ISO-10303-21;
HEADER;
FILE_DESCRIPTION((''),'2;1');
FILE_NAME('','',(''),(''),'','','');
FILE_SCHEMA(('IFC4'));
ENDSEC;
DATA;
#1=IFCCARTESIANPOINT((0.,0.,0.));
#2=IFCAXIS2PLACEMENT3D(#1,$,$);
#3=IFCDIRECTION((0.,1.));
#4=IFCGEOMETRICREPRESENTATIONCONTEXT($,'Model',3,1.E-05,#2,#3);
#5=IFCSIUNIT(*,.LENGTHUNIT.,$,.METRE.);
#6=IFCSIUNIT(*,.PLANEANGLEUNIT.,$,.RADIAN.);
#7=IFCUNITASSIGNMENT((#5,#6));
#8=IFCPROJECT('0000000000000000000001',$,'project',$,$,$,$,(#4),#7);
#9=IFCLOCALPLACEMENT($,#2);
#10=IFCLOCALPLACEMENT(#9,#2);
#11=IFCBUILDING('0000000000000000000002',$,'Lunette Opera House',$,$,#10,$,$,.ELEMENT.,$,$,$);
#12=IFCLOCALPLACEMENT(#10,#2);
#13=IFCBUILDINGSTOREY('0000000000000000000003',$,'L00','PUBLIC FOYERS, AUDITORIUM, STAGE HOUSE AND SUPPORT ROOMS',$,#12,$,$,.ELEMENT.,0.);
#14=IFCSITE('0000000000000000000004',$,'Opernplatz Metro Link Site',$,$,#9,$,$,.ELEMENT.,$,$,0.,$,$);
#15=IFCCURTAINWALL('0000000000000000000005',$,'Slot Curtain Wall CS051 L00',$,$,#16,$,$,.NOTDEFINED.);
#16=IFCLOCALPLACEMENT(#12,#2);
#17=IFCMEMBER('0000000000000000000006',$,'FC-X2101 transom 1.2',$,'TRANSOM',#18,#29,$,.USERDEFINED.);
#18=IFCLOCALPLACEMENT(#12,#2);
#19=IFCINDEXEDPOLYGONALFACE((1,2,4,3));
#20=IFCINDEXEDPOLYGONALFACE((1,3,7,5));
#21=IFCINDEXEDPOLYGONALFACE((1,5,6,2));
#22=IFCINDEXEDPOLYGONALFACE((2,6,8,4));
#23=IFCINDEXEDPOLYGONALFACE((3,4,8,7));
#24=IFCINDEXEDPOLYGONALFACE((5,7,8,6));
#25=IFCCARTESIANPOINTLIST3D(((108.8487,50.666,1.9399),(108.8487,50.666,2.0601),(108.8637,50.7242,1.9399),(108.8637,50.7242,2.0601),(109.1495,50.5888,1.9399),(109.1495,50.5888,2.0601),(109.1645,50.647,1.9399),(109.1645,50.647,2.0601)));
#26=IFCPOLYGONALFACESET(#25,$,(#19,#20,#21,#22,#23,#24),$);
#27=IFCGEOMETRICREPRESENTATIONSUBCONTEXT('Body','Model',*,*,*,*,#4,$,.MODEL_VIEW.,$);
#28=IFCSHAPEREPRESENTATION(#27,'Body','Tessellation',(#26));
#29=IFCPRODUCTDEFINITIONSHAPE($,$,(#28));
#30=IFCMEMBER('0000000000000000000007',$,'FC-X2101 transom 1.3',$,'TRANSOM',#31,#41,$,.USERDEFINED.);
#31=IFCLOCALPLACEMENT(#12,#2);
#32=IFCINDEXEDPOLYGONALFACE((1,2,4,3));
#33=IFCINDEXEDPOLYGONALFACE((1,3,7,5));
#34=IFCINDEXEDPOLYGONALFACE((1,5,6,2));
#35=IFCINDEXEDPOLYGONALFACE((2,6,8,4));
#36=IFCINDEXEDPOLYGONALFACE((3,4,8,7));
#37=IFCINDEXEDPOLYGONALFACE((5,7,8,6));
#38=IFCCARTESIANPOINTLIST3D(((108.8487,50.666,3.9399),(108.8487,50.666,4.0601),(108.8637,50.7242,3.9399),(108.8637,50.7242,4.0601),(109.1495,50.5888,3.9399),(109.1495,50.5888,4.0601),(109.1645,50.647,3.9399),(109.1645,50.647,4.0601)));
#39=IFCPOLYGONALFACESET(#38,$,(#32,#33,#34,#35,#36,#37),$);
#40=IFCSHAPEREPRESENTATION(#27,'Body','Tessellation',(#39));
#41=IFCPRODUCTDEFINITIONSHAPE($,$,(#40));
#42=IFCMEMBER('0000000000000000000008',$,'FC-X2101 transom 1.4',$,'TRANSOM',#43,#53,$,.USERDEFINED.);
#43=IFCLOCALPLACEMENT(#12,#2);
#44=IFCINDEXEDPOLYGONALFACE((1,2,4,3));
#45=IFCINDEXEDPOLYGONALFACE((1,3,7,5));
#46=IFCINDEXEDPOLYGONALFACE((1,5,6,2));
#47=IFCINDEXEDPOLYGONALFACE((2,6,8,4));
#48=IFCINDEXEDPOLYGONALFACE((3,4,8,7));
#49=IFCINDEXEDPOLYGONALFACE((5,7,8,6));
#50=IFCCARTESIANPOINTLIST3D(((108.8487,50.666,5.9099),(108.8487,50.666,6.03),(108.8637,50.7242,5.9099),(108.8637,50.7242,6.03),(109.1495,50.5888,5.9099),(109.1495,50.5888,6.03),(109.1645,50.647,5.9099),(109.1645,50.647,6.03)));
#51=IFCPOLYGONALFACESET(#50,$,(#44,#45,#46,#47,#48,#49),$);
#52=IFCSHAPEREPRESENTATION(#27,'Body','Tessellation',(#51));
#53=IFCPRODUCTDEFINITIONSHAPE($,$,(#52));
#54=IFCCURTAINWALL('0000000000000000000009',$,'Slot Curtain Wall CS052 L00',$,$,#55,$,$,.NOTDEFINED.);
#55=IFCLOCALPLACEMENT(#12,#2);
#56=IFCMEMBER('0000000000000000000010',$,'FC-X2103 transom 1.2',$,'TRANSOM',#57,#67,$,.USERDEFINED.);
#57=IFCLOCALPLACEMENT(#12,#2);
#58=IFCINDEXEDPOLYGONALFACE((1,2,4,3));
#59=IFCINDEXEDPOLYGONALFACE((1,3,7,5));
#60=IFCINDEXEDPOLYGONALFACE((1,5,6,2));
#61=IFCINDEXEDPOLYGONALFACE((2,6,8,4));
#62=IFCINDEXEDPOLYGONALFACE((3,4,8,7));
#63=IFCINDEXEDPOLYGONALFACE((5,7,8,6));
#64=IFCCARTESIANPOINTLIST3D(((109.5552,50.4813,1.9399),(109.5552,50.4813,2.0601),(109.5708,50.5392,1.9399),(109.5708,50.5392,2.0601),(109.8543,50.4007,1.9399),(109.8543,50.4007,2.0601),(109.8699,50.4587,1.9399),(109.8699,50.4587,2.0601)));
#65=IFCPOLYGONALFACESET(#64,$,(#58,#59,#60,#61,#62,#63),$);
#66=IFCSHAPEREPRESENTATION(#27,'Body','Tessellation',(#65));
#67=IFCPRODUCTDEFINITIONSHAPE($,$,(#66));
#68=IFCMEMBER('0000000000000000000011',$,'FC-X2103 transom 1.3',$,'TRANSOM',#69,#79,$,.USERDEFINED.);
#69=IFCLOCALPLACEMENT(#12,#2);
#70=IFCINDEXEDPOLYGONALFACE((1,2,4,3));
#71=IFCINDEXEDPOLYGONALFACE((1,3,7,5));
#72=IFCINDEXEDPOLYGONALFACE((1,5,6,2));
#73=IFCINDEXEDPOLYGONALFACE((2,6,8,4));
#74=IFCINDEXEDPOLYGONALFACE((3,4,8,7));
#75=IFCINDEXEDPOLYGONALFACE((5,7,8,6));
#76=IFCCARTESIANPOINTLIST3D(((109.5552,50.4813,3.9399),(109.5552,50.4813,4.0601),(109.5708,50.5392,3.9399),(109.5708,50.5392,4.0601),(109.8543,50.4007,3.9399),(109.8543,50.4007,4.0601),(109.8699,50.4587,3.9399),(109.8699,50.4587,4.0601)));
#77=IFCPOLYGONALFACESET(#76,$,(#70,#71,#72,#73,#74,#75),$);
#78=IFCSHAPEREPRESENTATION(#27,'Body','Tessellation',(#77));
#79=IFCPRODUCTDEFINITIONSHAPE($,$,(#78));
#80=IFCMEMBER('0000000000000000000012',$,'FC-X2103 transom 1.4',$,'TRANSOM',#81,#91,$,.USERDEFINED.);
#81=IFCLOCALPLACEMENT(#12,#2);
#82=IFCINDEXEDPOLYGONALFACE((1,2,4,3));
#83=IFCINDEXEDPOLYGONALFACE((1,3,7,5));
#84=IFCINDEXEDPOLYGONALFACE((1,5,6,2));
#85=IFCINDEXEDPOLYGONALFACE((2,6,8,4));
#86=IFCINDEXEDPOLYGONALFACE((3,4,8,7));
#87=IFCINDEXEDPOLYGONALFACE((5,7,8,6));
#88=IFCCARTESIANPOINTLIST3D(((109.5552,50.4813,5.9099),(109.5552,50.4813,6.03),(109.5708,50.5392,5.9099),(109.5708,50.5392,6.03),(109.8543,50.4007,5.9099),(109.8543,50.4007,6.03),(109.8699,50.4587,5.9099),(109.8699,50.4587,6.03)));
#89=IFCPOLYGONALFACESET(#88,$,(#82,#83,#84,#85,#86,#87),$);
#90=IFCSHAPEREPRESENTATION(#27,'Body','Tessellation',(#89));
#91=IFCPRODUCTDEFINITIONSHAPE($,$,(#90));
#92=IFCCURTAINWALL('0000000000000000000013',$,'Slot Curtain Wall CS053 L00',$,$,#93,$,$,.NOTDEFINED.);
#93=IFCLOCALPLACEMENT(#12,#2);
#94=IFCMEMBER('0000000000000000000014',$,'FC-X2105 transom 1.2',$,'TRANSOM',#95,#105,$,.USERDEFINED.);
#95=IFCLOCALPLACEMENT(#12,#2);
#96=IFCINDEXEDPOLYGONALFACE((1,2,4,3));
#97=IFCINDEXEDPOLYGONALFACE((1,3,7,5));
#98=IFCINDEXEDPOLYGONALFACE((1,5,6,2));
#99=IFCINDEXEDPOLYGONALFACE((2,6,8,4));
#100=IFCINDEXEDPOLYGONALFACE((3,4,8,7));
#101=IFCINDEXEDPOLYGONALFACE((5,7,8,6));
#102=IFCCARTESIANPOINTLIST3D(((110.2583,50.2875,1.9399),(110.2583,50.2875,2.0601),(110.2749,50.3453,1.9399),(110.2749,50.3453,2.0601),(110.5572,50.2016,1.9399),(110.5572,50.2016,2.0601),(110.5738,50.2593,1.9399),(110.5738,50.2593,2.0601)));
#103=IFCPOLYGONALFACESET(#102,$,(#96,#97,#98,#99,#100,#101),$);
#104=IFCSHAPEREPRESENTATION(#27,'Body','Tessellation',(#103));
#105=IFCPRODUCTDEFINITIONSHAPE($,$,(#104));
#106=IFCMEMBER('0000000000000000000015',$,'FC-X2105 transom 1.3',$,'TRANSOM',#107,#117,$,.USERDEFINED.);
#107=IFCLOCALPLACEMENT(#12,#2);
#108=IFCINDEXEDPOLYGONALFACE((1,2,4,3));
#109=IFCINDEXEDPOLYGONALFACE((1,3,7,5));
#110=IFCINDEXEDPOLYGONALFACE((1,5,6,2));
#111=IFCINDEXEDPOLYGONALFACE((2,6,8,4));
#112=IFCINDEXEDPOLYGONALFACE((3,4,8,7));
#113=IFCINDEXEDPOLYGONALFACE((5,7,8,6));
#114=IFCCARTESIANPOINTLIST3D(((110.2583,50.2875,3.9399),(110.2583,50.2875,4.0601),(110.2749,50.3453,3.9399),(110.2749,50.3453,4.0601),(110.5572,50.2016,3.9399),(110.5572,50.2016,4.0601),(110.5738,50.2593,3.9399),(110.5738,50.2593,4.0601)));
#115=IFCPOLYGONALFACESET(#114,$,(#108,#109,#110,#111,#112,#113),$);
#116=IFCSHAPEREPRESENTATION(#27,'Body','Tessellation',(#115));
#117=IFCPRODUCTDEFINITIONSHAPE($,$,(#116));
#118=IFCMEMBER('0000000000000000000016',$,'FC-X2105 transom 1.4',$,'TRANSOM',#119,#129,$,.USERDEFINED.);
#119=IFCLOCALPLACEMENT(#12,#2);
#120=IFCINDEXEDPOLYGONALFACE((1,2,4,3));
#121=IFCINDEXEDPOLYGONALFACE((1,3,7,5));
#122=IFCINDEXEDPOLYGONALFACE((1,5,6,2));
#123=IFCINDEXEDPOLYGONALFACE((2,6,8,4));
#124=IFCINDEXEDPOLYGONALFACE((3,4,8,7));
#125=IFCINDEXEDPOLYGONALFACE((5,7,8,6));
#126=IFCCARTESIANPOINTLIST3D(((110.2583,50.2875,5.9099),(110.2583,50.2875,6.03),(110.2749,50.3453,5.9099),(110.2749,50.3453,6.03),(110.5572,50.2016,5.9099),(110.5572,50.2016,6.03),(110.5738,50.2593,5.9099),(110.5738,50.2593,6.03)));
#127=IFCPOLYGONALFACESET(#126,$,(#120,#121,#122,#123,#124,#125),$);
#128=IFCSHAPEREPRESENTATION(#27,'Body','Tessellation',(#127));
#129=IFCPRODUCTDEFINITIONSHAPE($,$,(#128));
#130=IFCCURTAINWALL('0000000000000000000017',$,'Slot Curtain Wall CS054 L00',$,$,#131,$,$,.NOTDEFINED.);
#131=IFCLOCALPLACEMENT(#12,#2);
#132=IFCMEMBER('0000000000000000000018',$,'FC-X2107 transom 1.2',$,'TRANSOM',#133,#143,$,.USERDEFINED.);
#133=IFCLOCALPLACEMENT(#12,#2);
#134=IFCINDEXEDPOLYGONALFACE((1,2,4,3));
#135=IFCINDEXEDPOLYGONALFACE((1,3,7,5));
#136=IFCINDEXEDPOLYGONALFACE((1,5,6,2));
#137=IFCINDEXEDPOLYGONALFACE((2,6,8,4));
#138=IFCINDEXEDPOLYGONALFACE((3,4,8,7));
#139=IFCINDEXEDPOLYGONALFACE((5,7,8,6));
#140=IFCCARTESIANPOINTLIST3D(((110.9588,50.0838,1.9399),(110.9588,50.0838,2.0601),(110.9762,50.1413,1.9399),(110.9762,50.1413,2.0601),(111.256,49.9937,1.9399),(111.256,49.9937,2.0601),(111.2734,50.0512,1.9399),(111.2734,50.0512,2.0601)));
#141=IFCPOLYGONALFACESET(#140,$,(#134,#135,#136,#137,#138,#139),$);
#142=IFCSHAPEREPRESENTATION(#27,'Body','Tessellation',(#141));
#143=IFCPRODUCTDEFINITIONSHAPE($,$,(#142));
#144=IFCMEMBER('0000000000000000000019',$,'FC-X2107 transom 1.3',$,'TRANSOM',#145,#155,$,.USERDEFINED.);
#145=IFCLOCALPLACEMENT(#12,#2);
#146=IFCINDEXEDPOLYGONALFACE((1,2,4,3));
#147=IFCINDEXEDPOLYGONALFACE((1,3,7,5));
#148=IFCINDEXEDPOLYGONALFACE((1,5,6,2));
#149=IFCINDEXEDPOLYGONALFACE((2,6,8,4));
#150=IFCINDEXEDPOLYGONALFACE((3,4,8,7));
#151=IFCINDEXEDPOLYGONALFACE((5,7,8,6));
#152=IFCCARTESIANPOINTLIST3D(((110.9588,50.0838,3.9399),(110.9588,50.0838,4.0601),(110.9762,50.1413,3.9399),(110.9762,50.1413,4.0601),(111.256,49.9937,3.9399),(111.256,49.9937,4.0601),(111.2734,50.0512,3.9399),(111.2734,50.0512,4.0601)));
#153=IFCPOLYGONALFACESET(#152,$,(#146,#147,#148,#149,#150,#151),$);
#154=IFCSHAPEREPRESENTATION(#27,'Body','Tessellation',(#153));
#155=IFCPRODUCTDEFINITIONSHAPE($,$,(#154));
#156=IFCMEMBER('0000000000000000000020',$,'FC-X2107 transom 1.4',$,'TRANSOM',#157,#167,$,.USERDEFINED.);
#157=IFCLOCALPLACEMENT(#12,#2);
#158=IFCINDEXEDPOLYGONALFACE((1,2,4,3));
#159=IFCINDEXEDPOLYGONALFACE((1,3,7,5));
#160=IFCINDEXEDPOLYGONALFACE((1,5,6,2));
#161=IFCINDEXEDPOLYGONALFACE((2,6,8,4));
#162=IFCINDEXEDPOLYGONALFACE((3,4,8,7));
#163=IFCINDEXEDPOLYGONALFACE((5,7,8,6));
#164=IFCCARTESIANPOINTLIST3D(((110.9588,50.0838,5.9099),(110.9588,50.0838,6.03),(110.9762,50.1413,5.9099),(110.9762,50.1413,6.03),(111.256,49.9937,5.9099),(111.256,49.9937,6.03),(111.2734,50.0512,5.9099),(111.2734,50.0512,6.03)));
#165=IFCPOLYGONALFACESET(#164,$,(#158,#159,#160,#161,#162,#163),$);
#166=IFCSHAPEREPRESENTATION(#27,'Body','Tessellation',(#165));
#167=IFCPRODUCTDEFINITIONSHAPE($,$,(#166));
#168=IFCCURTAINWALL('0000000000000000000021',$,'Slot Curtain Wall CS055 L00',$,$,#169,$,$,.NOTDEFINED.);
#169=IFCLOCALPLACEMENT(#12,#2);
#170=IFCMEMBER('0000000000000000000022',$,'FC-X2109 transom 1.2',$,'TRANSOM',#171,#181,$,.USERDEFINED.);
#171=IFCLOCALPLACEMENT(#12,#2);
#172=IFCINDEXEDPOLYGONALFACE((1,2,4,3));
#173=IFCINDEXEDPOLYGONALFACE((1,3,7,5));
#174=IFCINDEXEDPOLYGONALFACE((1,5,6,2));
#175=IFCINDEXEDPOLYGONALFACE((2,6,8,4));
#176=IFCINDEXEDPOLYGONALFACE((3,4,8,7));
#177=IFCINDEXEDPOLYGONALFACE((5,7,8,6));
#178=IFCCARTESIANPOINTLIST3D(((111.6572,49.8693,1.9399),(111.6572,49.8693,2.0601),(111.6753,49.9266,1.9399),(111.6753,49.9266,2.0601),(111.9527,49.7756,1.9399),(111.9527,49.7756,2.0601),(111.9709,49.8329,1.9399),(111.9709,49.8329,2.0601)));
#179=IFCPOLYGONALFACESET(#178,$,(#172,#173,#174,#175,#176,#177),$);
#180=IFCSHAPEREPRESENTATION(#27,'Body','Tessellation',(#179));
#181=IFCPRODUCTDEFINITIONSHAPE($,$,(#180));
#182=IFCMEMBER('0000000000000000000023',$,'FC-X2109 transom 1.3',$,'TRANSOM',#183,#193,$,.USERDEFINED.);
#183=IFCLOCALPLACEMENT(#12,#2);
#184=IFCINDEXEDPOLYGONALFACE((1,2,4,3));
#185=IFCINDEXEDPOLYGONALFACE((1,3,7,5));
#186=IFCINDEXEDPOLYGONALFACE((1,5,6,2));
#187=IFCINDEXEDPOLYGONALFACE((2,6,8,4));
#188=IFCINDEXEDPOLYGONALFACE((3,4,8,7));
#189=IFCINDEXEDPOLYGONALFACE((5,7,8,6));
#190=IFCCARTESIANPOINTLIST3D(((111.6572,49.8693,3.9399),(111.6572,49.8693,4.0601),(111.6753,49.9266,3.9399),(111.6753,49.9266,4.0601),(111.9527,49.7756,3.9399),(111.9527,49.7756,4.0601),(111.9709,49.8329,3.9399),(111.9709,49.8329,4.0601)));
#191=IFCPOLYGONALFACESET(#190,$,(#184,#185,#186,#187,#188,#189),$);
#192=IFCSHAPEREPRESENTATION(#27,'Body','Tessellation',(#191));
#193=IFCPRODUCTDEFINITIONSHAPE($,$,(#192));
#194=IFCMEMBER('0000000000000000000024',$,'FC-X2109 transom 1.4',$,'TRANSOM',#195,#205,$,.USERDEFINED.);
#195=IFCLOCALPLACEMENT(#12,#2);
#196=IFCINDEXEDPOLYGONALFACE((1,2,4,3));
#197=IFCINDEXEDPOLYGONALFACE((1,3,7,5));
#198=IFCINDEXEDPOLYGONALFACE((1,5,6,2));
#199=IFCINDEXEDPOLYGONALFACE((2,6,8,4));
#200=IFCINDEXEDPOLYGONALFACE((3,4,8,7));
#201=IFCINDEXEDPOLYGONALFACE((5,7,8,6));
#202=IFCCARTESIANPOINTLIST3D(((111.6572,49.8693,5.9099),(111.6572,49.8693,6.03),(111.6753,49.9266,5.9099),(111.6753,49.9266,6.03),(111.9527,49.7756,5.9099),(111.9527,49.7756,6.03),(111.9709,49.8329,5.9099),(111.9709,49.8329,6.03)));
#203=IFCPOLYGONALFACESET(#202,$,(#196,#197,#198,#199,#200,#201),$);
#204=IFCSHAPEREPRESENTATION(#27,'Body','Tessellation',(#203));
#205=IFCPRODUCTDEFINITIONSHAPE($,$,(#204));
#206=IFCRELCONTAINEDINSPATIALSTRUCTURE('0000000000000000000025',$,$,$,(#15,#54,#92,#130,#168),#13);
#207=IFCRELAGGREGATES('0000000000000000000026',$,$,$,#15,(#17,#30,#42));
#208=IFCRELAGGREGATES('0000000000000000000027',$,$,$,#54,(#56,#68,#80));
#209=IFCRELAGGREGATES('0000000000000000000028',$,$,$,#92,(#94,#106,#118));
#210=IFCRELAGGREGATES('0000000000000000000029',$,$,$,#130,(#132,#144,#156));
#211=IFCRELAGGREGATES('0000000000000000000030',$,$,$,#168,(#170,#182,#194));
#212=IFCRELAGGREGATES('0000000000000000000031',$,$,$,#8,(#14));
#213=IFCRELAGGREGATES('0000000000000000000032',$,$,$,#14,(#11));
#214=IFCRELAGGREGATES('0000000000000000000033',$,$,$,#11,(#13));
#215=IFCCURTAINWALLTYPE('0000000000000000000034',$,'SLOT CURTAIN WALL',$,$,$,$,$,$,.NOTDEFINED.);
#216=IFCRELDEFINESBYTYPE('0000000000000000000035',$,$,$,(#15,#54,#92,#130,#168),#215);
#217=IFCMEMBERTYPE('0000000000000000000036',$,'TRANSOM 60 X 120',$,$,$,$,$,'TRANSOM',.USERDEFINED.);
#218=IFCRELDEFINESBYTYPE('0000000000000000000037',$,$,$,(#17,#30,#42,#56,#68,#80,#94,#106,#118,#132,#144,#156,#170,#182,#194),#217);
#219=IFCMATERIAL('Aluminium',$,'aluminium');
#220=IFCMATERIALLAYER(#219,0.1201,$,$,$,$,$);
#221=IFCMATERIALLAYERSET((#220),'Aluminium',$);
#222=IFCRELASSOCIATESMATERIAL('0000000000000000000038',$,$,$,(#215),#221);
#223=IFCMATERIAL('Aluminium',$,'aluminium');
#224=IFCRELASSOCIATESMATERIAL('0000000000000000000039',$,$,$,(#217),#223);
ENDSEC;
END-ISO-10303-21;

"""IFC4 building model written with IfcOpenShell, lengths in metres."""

from ifc_helpers import new_model, si_unit, direction, frame, origin, origin_2d, place, context, subcontext, project, spatial, rectangle, extrude, material, layer, layer_set, material_profile, profile_set, type_object, element, aggregate, save


model = new_model("IFC4")

# Units and contexts
model_context = context("Model", 3, precision=1e-05, world=origin(), true_north=direction((0.0, 1.0)))
body_context = subcontext(model_context, "Body", "Model", "MODEL_VIEW")
ifc_project = project(units=[si_unit("LENGTHUNIT", "METRE"), si_unit("PLANEANGLEUNIT", "RADIAN")], contexts=[model_context])

# Site, building, storey
site_placement = place(None, origin())
site = spatial("IfcSite", under=ifc_project, at=site_placement, Name="Opernplatz Metro Link Site", CompositionType="ELEMENT", RefElevation=0.0)
building_placement = place(site_placement, origin())
building = spatial("IfcBuilding", under=site, at=building_placement, Name="Lunette Opera House", CompositionType="ELEMENT")
storey_placement = place(building_placement, origin())
storey = spatial("IfcBuildingStorey", under=building, at=storey_placement, Name="L00", Description="PUBLIC FOYERS, AUDITORIUM, STAGE HOUSE AND SUPPORT ROOMS", CompositionType="ELEMENT", Elevation=0.0)

# Curtain walls, members
ifc_material_1 = material(Name="Aluminium", Category="aluminium")
ifc_layer_1 = layer(ifc_material_1, 0.1201)
ifc_layer_set_1 = layer_set([ifc_layer_1], Name="Aluminium")
curtain_wall_type = type_object("IfcCurtainWallType", Name="SLOT CURTAIN WALL", PredefinedType="NOTDEFINED", material=ifc_layer_set_1)
curtain_wall_1_placement = place(storey_placement, origin())
curtain_wall_1 = element("IfcCurtainWall", 1, at=curtain_wall_1_placement, inside=storey, type_object=curtain_wall_type, Name="Slot Curtain Wall CS051 L00", PredefinedType="NOTDEFINED")
ifc_material_2 = material(Name="Aluminium", Category="aluminium")
ifc_material_profile = material_profile(ifc_material_2, rectangle(XDim=0.0601, YDim=0.1201, at=origin_2d()), Name="TRANSOM 60 X 120")
ifc_profile_set = profile_set([ifc_material_profile], Name="Aluminium")
member_type = type_object("IfcMemberType", Name="TRANSOM 60 X 120", ElementType="TRANSOM", PredefinedType="USERDEFINED", material=ifc_profile_set)
member_1_placement = place(storey_placement, frame((108.8562, 50.6951, 2.0), z_axis=(0.968644, -0.248451, 0.0), x_axis=(0.248451, 0.968644, 0.0)))
member_1 = element("IfcMember", 2, at=member_1_placement, type_object=member_type, Name="FC-X2101 transom 1.2", ObjectType="TRANSOM", PredefinedType="USERDEFINED", context=body_context, shape_type="SweptSolid", body=[
    extrude(rectangle(XDim=0.0601, YDim=0.1201, at=origin_2d()), origin(), (0.0, 0.0, 1.0), 0.3105),
])
member_2_placement = place(storey_placement, frame((108.8562, 50.6951, 4.0), z_axis=(0.968644, -0.248451, 0.0), x_axis=(0.248451, 0.968644, 0.0)))
member_2 = element("IfcMember", 3, at=member_2_placement, type_object=member_type, Name="FC-X2101 transom 1.3", ObjectType="TRANSOM", PredefinedType="USERDEFINED", context=body_context, shape_type="SweptSolid", body=[
    extrude(rectangle(XDim=0.0601, YDim=0.1201, at=origin_2d()), origin(), (0.0, 0.0, 1.0), 0.3105),
])
member_3_placement = place(storey_placement, frame((108.8562, 50.6951, 5.97), z_axis=(0.968644, -0.248451, 0.0), x_axis=(0.248451, 0.968644, 0.0)))
member_3 = element("IfcMember", 4, at=member_3_placement, type_object=member_type, Name="FC-X2101 transom 1.4", ObjectType="TRANSOM", PredefinedType="USERDEFINED", context=body_context, shape_type="SweptSolid", body=[
    extrude(rectangle(XDim=0.0601, YDim=0.1201, at=origin_2d()), origin(), (0.0, 0.0, 1.0), 0.3105),
])
curtain_wall_2_placement = place(storey_placement, origin())
curtain_wall_2 = element("IfcCurtainWall", 5, at=curtain_wall_2_placement, inside=storey, type_object=curtain_wall_type, Name="Slot Curtain Wall CS052 L00", PredefinedType="NOTDEFINED")
member_4_placement = place(storey_placement, frame((109.563, 50.5103, 2.0), z_axis=(0.965578, -0.260115, 0.0), x_axis=(0.260115, 0.965578, 0.0)))
member_4 = element("IfcMember", 6, at=member_4_placement, type_object=member_type, Name="FC-X2103 transom 1.2", ObjectType="TRANSOM", PredefinedType="USERDEFINED", context=body_context, shape_type="SweptSolid", body=[
    extrude(rectangle(XDim=0.0601, YDim=0.1201, at=origin_2d()), origin(), (0.0, 0.0, 1.0), 0.3098),
])
member_5_placement = place(storey_placement, frame((109.563, 50.5103, 4.0), z_axis=(0.965578, -0.260115, 0.0), x_axis=(0.260115, 0.965578, 0.0)))
member_5 = element("IfcMember", 7, at=member_5_placement, type_object=member_type, Name="FC-X2103 transom 1.3", ObjectType="TRANSOM", PredefinedType="USERDEFINED", context=body_context, shape_type="SweptSolid", body=[
    extrude(rectangle(XDim=0.0601, YDim=0.1201, at=origin_2d()), origin(), (0.0, 0.0, 1.0), 0.3098),
])
member_6_placement = place(storey_placement, frame((109.563, 50.5103, 5.97), z_axis=(0.965578, -0.260115, 0.0), x_axis=(0.260115, 0.965578, 0.0)))
member_6 = element("IfcMember", 8, at=member_6_placement, type_object=member_type, Name="FC-X2103 transom 1.4", ObjectType="TRANSOM", PredefinedType="USERDEFINED", context=body_context, shape_type="SweptSolid", body=[
    extrude(rectangle(XDim=0.0601, YDim=0.1201, at=origin_2d()), origin(), (0.0, 0.0, 1.0), 0.3098),
])
curtain_wall_3_placement = place(storey_placement, origin())
curtain_wall_3 = element("IfcCurtainWall", 9, at=curtain_wall_3_placement, inside=storey, type_object=curtain_wall_type, Name="Slot Curtain Wall CS053 L00", PredefinedType="NOTDEFINED")
member_7_placement = place(storey_placement, frame((110.2666, 50.3164, 2.0), z_axis=(0.961048, -0.27638, 0.0), x_axis=(0.27638, 0.961048, 0.0)))
member_7 = element("IfcMember", 10, at=member_7_placement, type_object=member_type, Name="FC-X2105 transom 1.2", ObjectType="TRANSOM", PredefinedType="USERDEFINED", context=body_context, shape_type="SweptSolid", body=[
    extrude(rectangle(XDim=0.0601, YDim=0.1201, at=origin_2d()), origin(), (0.0, 0.0, 1.0), 0.311),
])
member_8_placement = place(storey_placement, frame((110.2666, 50.3164, 4.0), z_axis=(0.961048, -0.27638, 0.0), x_axis=(0.27638, 0.961048, 0.0)))
member_8 = element("IfcMember", 11, at=member_8_placement, type_object=member_type, Name="FC-X2105 transom 1.3", ObjectType="TRANSOM", PredefinedType="USERDEFINED", context=body_context, shape_type="SweptSolid", body=[
    extrude(rectangle(XDim=0.0601, YDim=0.1201, at=origin_2d()), origin(), (0.0, 0.0, 1.0), 0.311),
])
member_9_placement = place(storey_placement, frame((110.2666, 50.3164, 5.97), z_axis=(0.961048, -0.27638, 0.0), x_axis=(0.27638, 0.961048, 0.0)))
member_9 = element("IfcMember", 12, at=member_9_placement, type_object=member_type, Name="FC-X2105 transom 1.4", ObjectType="TRANSOM", PredefinedType="USERDEFINED", context=body_context, shape_type="SweptSolid", body=[
    extrude(rectangle(XDim=0.0601, YDim=0.1201, at=origin_2d()), origin(), (0.0, 0.0, 1.0), 0.311),
])
curtain_wall_4_placement = place(storey_placement, origin())
curtain_wall_4 = element("IfcCurtainWall", 13, at=curtain_wall_4_placement, inside=storey, type_object=curtain_wall_type, Name="Slot Curtain Wall CS054 L00", PredefinedType="NOTDEFINED")
member_10_placement = place(storey_placement, frame((110.9675, 50.1125, 2.0), z_axis=(0.956978, -0.29016, 0.0), x_axis=(0.29016, 0.956978, 0.0)))
member_10 = element("IfcMember", 14, at=member_10_placement, type_object=member_type, Name="FC-X2107 transom 1.2", ObjectType="TRANSOM", PredefinedType="USERDEFINED", context=body_context, shape_type="SweptSolid", body=[
    extrude(rectangle(XDim=0.0601, YDim=0.1201, at=origin_2d()), origin(), (0.0, 0.0, 1.0), 0.3105),
])
member_11_placement = place(storey_placement, frame((110.9675, 50.1125, 4.0), z_axis=(0.956978, -0.29016, 0.0), x_axis=(0.29016, 0.956978, 0.0)))
member_11 = element("IfcMember", 15, at=member_11_placement, type_object=member_type, Name="FC-X2107 transom 1.3", ObjectType="TRANSOM", PredefinedType="USERDEFINED", context=body_context, shape_type="SweptSolid", body=[
    extrude(rectangle(XDim=0.0601, YDim=0.1201, at=origin_2d()), origin(), (0.0, 0.0, 1.0), 0.3105),
])
member_12_placement = place(storey_placement, frame((110.9675, 50.1125, 5.97), z_axis=(0.956978, -0.29016, 0.0), x_axis=(0.29016, 0.956978, 0.0)))
member_12 = element("IfcMember", 16, at=member_12_placement, type_object=member_type, Name="FC-X2107 transom 1.4", ObjectType="TRANSOM", PredefinedType="USERDEFINED", context=body_context, shape_type="SweptSolid", body=[
    extrude(rectangle(XDim=0.0601, YDim=0.1201, at=origin_2d()), origin(), (0.0, 0.0, 1.0), 0.3105),
])
curtain_wall_5_placement = place(storey_placement, origin())
curtain_wall_5 = element("IfcCurtainWall", 17, at=curtain_wall_5_placement, inside=storey, type_object=curtain_wall_type, Name="Slot Curtain Wall CS055 L00", PredefinedType="NOTDEFINED")
member_13_placement = place(storey_placement, frame((111.6663, 49.8979, 2.0), z_axis=(0.953225, -0.302261, 0.0), x_axis=(0.302261, 0.953225, 0.0)))
member_13 = element("IfcMember", 18, at=member_13_placement, type_object=member_type, Name="FC-X2109 transom 1.2", ObjectType="TRANSOM", PredefinedType="USERDEFINED", context=body_context, shape_type="SweptSolid", body=[
    extrude(rectangle(XDim=0.0601, YDim=0.1201, at=origin_2d()), origin(), (0.0, 0.0, 1.0), 0.3101),
])
member_14_placement = place(storey_placement, frame((111.6663, 49.8979, 4.0), z_axis=(0.953225, -0.302261, 0.0), x_axis=(0.302261, 0.953225, 0.0)))
member_14 = element("IfcMember", 19, at=member_14_placement, type_object=member_type, Name="FC-X2109 transom 1.3", ObjectType="TRANSOM", PredefinedType="USERDEFINED", context=body_context, shape_type="SweptSolid", body=[
    extrude(rectangle(XDim=0.0601, YDim=0.1201, at=origin_2d()), origin(), (0.0, 0.0, 1.0), 0.3101),
])
member_15_placement = place(storey_placement, frame((111.6663, 49.8979, 5.97), z_axis=(0.953225, -0.302261, 0.0), x_axis=(0.302261, 0.953225, 0.0)))
member_15 = element("IfcMember", 20, at=member_15_placement, type_object=member_type, Name="FC-X2109 transom 1.4", ObjectType="TRANSOM", PredefinedType="USERDEFINED", context=body_context, shape_type="SweptSolid", body=[
    extrude(rectangle(XDim=0.0601, YDim=0.1201, at=origin_2d()), origin(), (0.0, 0.0, 1.0), 0.3101),
])

aggregate(curtain_wall_1, [member_1, member_2, member_3])
aggregate(curtain_wall_2, [member_4, member_5, member_6])
aggregate(curtain_wall_3, [member_7, member_8, member_9])
aggregate(curtain_wall_4, [member_10, member_11, member_12])
aggregate(curtain_wall_5, [member_13, member_14, member_15])

save(model, "model.ifc")
